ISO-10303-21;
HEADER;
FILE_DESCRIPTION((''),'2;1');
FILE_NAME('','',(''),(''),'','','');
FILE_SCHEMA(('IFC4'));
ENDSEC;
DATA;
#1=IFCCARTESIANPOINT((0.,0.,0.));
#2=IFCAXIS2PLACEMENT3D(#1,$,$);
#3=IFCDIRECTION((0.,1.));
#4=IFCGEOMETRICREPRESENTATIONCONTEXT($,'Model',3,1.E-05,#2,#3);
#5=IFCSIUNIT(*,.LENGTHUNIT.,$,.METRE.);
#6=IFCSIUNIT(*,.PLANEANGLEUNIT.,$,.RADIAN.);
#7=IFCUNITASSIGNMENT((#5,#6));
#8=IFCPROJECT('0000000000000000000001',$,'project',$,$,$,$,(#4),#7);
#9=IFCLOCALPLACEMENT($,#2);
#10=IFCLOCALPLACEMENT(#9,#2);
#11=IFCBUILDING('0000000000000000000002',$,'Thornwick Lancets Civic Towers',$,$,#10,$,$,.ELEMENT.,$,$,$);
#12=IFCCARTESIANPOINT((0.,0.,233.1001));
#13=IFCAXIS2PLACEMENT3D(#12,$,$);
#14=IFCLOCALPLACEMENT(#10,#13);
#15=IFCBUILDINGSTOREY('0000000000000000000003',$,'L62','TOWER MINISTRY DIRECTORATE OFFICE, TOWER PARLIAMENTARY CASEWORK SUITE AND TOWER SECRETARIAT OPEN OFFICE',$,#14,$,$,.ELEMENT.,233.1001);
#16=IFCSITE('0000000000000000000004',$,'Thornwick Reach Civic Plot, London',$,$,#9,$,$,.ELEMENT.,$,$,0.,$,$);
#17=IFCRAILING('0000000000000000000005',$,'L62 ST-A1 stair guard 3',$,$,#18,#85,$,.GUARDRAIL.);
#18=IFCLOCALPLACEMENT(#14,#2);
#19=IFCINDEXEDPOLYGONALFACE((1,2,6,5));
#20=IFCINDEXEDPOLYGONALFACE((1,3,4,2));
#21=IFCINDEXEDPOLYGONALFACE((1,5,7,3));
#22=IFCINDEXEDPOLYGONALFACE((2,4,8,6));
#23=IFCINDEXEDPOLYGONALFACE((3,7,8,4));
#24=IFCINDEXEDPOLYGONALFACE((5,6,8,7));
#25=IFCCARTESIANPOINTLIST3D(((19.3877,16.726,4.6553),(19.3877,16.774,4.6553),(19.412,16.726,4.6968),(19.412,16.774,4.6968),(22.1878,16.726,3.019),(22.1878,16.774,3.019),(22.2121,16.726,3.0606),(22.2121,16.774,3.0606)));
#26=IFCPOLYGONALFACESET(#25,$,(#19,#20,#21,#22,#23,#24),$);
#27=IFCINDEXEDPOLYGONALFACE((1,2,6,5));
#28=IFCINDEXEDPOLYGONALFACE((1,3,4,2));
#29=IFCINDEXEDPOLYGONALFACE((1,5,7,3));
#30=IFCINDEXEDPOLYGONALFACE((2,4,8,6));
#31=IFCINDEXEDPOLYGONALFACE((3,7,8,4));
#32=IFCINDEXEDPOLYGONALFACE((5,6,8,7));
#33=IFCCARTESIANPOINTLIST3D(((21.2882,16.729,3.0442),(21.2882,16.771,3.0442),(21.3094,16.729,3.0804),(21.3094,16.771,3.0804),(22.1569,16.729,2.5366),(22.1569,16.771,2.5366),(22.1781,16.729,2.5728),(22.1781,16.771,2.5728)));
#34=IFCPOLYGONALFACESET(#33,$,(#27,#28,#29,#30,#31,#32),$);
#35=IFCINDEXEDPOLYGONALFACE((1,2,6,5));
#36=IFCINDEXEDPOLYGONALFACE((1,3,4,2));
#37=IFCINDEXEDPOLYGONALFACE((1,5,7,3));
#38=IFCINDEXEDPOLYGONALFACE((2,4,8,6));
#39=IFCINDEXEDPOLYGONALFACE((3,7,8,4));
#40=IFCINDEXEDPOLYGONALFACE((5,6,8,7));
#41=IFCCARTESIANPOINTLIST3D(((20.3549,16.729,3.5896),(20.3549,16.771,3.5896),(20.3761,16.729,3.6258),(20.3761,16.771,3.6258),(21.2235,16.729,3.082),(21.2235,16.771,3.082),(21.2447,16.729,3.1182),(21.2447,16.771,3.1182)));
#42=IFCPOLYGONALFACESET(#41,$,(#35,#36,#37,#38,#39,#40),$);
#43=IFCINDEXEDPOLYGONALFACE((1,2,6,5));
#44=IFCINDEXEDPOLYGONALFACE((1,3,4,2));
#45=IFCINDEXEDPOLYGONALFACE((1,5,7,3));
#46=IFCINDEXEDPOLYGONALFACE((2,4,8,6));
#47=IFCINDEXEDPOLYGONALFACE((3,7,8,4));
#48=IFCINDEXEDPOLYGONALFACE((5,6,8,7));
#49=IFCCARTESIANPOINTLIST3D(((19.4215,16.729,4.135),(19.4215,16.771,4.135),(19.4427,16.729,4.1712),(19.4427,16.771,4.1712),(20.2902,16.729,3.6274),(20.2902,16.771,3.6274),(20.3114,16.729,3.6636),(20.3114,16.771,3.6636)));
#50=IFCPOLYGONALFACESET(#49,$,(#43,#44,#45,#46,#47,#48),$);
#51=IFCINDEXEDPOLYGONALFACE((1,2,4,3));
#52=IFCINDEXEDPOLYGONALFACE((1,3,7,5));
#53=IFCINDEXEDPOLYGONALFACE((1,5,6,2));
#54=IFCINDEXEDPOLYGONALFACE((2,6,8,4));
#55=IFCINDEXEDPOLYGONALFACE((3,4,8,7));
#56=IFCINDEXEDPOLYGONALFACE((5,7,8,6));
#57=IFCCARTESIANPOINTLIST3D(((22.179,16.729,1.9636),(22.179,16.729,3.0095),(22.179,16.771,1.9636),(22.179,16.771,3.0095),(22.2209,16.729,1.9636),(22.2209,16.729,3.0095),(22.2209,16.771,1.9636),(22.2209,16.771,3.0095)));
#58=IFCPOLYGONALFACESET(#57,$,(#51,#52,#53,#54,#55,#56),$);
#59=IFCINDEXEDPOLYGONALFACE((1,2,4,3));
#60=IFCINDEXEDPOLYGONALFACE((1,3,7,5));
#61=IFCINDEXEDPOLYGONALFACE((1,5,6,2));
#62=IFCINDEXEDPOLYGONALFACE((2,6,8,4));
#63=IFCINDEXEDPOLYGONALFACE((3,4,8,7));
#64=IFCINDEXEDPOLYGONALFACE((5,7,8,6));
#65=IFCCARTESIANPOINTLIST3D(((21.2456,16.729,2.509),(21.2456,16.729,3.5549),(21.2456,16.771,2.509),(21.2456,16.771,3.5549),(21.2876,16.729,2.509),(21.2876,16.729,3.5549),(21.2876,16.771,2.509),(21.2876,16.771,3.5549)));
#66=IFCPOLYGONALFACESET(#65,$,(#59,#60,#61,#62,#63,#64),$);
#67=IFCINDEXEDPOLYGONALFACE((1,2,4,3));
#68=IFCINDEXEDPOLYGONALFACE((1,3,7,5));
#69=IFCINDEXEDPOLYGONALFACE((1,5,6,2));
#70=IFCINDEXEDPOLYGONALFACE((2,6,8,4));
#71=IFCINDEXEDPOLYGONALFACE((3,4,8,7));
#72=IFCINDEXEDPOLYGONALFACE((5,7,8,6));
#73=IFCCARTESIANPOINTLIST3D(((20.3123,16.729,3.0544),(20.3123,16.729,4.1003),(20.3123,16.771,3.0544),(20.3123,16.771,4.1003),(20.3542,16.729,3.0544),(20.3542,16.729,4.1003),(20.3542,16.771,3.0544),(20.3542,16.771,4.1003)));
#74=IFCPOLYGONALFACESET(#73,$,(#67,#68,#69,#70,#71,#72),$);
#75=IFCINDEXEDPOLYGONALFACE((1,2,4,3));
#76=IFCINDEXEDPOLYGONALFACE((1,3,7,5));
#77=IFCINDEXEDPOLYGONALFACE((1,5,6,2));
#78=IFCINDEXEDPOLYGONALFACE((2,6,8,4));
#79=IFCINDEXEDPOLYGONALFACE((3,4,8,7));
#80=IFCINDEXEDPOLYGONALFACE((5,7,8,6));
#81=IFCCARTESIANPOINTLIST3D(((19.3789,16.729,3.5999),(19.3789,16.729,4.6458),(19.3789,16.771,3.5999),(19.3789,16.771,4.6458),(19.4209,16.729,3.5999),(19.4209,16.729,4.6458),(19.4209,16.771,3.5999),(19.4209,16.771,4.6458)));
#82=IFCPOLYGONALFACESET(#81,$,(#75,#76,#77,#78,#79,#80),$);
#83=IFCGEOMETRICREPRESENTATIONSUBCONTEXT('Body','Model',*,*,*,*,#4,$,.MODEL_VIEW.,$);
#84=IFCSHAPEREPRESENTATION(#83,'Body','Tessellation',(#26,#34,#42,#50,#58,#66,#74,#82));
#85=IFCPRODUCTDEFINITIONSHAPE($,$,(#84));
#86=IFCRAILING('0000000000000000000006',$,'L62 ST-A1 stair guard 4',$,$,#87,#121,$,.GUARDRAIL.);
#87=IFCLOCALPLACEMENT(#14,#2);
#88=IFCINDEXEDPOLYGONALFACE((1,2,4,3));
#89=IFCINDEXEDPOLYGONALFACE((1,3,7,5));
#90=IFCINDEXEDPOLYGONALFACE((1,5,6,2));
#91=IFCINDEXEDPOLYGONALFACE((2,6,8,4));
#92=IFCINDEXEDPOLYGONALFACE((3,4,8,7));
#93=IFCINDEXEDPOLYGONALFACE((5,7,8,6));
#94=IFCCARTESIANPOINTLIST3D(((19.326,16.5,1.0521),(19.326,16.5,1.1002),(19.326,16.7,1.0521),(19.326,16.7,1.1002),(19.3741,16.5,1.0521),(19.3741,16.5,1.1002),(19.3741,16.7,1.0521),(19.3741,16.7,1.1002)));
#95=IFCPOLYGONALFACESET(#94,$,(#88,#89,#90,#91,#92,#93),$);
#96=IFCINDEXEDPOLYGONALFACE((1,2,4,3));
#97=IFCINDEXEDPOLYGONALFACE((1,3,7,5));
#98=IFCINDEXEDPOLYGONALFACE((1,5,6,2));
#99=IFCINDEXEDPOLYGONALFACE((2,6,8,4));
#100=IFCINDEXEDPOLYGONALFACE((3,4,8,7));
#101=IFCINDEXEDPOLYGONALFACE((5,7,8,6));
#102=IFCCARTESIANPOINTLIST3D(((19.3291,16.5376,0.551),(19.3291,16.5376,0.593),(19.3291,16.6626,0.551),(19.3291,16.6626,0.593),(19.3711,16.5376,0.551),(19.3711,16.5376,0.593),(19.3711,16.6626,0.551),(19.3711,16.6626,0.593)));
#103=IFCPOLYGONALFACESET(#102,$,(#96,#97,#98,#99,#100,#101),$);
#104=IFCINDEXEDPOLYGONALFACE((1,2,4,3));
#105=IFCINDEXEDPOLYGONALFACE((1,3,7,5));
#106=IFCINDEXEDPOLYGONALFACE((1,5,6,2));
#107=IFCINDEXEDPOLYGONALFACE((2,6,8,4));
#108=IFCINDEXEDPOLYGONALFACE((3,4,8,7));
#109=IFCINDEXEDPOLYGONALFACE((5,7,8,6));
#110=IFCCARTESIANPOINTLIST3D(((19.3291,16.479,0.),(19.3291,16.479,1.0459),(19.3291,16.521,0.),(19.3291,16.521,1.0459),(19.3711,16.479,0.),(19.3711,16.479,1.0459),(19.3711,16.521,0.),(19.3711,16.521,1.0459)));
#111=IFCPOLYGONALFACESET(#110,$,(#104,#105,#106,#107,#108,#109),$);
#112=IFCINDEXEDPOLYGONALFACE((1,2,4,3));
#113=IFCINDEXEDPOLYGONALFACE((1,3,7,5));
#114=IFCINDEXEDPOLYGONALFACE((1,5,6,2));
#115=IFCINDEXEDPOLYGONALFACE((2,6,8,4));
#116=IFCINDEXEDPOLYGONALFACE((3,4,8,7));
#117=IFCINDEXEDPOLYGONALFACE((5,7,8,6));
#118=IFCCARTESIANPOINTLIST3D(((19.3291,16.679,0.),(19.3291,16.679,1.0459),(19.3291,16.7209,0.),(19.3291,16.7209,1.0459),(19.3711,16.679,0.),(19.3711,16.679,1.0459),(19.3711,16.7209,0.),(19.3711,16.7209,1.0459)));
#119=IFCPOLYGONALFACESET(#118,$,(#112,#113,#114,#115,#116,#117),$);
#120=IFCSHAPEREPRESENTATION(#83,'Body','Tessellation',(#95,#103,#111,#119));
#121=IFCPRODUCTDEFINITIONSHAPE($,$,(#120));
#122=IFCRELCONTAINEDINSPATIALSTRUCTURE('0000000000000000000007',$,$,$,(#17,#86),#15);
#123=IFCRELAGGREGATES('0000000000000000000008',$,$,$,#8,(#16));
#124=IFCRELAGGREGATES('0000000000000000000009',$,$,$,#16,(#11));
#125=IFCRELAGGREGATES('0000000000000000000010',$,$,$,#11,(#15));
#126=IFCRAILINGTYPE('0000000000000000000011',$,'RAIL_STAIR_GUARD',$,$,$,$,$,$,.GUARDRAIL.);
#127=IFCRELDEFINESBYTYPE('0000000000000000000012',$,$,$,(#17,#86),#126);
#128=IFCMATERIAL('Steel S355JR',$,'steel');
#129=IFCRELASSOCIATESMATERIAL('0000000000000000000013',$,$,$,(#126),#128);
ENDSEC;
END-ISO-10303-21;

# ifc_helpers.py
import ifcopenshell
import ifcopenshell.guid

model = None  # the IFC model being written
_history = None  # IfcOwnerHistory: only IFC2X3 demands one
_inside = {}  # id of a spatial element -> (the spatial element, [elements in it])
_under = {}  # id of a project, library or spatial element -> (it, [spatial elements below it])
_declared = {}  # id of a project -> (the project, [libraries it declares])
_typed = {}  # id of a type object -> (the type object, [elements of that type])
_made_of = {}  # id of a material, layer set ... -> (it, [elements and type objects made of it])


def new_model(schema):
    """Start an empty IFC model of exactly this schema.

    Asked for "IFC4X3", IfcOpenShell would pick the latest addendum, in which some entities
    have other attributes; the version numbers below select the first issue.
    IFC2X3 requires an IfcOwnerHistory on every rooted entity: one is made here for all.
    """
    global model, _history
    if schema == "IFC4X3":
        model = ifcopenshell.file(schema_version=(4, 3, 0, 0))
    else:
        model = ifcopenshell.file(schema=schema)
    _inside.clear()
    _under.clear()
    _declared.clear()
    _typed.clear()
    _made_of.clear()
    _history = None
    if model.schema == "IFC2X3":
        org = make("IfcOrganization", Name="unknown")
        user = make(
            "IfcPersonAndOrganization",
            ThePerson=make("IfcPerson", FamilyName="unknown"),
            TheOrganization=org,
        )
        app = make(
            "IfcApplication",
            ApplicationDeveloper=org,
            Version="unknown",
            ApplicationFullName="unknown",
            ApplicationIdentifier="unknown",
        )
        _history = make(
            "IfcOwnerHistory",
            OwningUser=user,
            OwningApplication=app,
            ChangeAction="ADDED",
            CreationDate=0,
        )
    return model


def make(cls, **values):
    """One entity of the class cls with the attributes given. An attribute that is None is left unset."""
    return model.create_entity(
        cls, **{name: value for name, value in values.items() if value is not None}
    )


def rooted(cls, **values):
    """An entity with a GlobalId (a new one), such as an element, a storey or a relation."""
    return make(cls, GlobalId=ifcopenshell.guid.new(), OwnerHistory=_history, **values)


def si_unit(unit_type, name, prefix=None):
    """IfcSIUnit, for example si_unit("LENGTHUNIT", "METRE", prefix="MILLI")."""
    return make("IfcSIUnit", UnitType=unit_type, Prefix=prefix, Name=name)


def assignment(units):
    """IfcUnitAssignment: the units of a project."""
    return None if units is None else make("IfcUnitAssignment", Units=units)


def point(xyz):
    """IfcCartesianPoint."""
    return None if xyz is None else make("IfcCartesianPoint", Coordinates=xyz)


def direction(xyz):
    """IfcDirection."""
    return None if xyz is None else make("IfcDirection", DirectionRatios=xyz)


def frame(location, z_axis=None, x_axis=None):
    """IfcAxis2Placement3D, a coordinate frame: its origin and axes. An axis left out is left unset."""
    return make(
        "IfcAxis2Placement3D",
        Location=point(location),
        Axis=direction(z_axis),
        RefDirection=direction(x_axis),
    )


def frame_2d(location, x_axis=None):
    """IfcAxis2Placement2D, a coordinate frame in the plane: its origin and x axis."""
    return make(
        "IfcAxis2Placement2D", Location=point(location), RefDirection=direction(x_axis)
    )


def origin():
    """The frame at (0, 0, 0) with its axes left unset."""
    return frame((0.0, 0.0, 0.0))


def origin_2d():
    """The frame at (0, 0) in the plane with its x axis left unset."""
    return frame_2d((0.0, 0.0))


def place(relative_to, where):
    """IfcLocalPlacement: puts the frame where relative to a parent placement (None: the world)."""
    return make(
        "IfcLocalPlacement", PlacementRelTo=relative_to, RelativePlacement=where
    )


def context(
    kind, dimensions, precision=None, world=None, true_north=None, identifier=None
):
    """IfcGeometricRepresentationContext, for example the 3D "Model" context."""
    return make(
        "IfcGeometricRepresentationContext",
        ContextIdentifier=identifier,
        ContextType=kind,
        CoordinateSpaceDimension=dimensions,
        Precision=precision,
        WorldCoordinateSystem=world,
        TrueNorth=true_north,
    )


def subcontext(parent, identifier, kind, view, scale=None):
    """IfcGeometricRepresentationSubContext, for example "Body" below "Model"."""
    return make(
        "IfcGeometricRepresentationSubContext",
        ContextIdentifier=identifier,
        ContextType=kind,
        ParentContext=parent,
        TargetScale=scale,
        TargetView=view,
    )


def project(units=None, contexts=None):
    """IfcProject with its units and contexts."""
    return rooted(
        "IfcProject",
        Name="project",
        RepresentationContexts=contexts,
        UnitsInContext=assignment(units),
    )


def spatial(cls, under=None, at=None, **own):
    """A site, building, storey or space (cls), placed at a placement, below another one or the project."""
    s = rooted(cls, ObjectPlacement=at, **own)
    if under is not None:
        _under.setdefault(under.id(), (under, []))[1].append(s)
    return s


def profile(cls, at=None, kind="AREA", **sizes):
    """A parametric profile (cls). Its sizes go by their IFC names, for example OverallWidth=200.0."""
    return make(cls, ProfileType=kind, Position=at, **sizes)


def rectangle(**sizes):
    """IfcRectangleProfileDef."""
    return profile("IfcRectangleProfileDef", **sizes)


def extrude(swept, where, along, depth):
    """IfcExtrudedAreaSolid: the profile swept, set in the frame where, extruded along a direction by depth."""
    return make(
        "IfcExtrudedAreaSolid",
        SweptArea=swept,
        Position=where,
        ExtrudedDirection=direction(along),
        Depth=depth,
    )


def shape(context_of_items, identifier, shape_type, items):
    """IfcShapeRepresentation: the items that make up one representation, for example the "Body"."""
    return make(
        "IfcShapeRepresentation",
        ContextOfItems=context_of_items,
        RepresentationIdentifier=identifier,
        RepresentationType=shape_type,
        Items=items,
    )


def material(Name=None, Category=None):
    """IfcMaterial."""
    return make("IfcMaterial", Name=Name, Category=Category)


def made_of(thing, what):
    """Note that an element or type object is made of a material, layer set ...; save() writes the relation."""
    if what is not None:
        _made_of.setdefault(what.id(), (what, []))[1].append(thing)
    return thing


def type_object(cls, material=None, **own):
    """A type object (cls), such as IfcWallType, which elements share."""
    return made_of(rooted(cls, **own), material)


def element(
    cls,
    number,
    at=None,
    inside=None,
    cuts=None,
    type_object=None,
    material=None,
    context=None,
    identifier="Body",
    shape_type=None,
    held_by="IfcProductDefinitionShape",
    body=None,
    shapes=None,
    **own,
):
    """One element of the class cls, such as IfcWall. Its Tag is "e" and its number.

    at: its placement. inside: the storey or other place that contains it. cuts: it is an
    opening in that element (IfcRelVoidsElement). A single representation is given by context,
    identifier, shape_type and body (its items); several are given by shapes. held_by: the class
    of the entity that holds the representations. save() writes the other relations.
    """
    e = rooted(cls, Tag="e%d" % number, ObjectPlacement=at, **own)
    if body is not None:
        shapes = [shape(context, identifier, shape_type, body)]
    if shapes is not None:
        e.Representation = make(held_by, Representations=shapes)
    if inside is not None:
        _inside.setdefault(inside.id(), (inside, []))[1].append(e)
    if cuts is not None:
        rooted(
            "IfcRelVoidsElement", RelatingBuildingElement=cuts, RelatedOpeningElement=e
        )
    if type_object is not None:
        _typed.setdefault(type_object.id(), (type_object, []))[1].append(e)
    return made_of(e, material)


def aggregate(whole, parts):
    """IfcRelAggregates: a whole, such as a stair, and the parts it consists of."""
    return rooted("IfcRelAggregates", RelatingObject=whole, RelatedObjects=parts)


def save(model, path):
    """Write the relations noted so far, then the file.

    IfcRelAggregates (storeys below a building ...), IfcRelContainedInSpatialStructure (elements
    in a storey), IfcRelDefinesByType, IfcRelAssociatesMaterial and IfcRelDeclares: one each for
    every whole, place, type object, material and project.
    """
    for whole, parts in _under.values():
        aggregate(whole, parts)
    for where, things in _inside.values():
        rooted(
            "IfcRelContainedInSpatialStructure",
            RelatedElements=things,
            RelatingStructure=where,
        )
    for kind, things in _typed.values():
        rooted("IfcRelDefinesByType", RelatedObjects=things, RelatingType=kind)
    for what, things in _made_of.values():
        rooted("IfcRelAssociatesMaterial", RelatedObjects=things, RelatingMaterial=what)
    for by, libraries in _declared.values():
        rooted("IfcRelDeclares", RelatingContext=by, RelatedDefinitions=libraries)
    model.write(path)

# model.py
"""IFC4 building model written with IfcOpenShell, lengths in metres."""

from ifc_helpers import new_model, si_unit, direction, frame, origin, origin_2d, place, context, subcontext, project, spatial, rectangle, extrude, material, type_object, element, save


model = new_model("IFC4")

# Units and contexts
model_context = context("Model", 3, precision=1e-05, world=origin(), true_north=direction((0.0, 1.0)))
body_context = subcontext(model_context, "Body", "Model", "MODEL_VIEW")
ifc_project = project(units=[si_unit("LENGTHUNIT", "METRE"), si_unit("PLANEANGLEUNIT", "RADIAN")], contexts=[model_context])

# Site, building, storey
site_placement = place(None, origin())
site = spatial("IfcSite", under=ifc_project, at=site_placement, Name="Thornwick Reach Civic Plot, London", CompositionType="ELEMENT", RefElevation=0.0)
building_placement = place(site_placement, origin())
building = spatial("IfcBuilding", under=site, at=building_placement, Name="Thornwick Lancets Civic Towers", CompositionType="ELEMENT")
storey_placement = place(building_placement, frame((0.0, 0.0, 233.1001)))
storey = spatial("IfcBuildingStorey", under=building, at=storey_placement, Name="L62", Description="TOWER MINISTRY DIRECTORATE OFFICE, TOWER PARLIAMENTARY CASEWORK SUITE AND TOWER SECRETARIAT OPEN OFFICE", CompositionType="ELEMENT", Elevation=233.1001)

# Railings
ifc_material_1 = material(Name="Steel S355JR", Category="steel")
railing_type_1 = type_object("IfcRailingType", Name="RAIL_STAIR_GUARD", PredefinedType="GUARDRAIL", material=ifc_material_1)
railing_1_placement = place(storey_placement, frame((22.2, 16.75, 1.9636)))
element("IfcRailing", 1, at=railing_1_placement, inside=storey, type_object=railing_type_1, Name="L62 ST-A1 stair guard 3", PredefinedType="GUARDRAIL", context=body_context, shape_type="SweptSolid", body=[
    extrude(rectangle(XDim=0.0481, YDim=0.0481, at=origin_2d()), frame((0.0, 0.0, 1.0762), z_axis=(-0.863394, 0.0, 0.504531), x_axis=(0.0, -1.0, 0.0)), (0.0, 0.0, 1.0), 3.2432),
    extrude(rectangle(XDim=0.042, YDim=0.042, at=origin_2d()), frame((-0.0325, 0.0, 0.5911), z_axis=(-0.863394, 0.0, 0.504531), x_axis=(0.0, -1.0, 0.0)), (0.0, 0.0, 1.0), 1.0061),
    extrude(rectangle(XDim=0.042, YDim=0.042, at=origin_2d()), frame((-0.9658, 0.0, 1.1365), z_axis=(-0.863394, 0.0, 0.504531), x_axis=(0.0, -1.0, 0.0)), (0.0, 0.0, 1.0), 1.0061),
    extrude(rectangle(XDim=0.042, YDim=0.042, at=origin_2d()), frame((-1.8992, 0.0, 1.6819), z_axis=(-0.863394, 0.0, 0.504531), x_axis=(0.0, -1.0, 0.0)), (0.0, 0.0, 1.0), 1.0061),
    extrude(rectangle(XDim=0.042, YDim=0.042, at=origin_2d()), origin(), (0.0, 0.0, 1.0), 1.0459),
    extrude(rectangle(XDim=0.042, YDim=0.042, at=origin_2d()), frame((-0.9333, 0.0, 0.5454)), (0.0, 0.0, 1.0), 1.0459),
    extrude(rectangle(XDim=0.042, YDim=0.042, at=origin_2d()), frame((-1.8667, 0.0, 1.0908)), (0.0, 0.0, 1.0), 1.0459),
    extrude(rectangle(XDim=0.042, YDim=0.042, at=origin_2d()), frame((-2.8, 0.0, 1.6362)), (0.0, 0.0, 1.0), 1.0459),
])
railing_2_placement = place(storey_placement, frame((19.3501, 16.5, 0.0)))
element("IfcRailing", 2, at=railing_2_placement, inside=storey, type_object=railing_type_1, Name="L62 ST-A1 stair guard 4", PredefinedType="GUARDRAIL", context=body_context, shape_type="SweptSolid", body=[
    extrude(rectangle(XDim=0.0481, YDim=0.0481, at=origin_2d()), frame((0.0, 0.0, 1.0762), z_axis=(0.0, 1.0, 0.0), x_axis=(-1.0, 0.0, 0.0)), (0.0, 0.0, 1.0), 0.2),
    extrude(rectangle(XDim=0.042, YDim=0.042, at=origin_2d()), frame((0.0, 0.0376, 0.572), z_axis=(0.0, 1.0, 0.0), x_axis=(-1.0, 0.0, 0.0)), (0.0, 0.0, 1.0), 0.125),
    extrude(rectangle(XDim=0.042, YDim=0.042, at=origin_2d()), origin(), (0.0, 0.0, 1.0), 1.0459),
    extrude(rectangle(XDim=0.042, YDim=0.042, at=origin_2d()), frame((0.0, 0.2, 0.0)), (0.0, 0.0, 1.0), 1.0459),
])

save(model, "model.ifc")
